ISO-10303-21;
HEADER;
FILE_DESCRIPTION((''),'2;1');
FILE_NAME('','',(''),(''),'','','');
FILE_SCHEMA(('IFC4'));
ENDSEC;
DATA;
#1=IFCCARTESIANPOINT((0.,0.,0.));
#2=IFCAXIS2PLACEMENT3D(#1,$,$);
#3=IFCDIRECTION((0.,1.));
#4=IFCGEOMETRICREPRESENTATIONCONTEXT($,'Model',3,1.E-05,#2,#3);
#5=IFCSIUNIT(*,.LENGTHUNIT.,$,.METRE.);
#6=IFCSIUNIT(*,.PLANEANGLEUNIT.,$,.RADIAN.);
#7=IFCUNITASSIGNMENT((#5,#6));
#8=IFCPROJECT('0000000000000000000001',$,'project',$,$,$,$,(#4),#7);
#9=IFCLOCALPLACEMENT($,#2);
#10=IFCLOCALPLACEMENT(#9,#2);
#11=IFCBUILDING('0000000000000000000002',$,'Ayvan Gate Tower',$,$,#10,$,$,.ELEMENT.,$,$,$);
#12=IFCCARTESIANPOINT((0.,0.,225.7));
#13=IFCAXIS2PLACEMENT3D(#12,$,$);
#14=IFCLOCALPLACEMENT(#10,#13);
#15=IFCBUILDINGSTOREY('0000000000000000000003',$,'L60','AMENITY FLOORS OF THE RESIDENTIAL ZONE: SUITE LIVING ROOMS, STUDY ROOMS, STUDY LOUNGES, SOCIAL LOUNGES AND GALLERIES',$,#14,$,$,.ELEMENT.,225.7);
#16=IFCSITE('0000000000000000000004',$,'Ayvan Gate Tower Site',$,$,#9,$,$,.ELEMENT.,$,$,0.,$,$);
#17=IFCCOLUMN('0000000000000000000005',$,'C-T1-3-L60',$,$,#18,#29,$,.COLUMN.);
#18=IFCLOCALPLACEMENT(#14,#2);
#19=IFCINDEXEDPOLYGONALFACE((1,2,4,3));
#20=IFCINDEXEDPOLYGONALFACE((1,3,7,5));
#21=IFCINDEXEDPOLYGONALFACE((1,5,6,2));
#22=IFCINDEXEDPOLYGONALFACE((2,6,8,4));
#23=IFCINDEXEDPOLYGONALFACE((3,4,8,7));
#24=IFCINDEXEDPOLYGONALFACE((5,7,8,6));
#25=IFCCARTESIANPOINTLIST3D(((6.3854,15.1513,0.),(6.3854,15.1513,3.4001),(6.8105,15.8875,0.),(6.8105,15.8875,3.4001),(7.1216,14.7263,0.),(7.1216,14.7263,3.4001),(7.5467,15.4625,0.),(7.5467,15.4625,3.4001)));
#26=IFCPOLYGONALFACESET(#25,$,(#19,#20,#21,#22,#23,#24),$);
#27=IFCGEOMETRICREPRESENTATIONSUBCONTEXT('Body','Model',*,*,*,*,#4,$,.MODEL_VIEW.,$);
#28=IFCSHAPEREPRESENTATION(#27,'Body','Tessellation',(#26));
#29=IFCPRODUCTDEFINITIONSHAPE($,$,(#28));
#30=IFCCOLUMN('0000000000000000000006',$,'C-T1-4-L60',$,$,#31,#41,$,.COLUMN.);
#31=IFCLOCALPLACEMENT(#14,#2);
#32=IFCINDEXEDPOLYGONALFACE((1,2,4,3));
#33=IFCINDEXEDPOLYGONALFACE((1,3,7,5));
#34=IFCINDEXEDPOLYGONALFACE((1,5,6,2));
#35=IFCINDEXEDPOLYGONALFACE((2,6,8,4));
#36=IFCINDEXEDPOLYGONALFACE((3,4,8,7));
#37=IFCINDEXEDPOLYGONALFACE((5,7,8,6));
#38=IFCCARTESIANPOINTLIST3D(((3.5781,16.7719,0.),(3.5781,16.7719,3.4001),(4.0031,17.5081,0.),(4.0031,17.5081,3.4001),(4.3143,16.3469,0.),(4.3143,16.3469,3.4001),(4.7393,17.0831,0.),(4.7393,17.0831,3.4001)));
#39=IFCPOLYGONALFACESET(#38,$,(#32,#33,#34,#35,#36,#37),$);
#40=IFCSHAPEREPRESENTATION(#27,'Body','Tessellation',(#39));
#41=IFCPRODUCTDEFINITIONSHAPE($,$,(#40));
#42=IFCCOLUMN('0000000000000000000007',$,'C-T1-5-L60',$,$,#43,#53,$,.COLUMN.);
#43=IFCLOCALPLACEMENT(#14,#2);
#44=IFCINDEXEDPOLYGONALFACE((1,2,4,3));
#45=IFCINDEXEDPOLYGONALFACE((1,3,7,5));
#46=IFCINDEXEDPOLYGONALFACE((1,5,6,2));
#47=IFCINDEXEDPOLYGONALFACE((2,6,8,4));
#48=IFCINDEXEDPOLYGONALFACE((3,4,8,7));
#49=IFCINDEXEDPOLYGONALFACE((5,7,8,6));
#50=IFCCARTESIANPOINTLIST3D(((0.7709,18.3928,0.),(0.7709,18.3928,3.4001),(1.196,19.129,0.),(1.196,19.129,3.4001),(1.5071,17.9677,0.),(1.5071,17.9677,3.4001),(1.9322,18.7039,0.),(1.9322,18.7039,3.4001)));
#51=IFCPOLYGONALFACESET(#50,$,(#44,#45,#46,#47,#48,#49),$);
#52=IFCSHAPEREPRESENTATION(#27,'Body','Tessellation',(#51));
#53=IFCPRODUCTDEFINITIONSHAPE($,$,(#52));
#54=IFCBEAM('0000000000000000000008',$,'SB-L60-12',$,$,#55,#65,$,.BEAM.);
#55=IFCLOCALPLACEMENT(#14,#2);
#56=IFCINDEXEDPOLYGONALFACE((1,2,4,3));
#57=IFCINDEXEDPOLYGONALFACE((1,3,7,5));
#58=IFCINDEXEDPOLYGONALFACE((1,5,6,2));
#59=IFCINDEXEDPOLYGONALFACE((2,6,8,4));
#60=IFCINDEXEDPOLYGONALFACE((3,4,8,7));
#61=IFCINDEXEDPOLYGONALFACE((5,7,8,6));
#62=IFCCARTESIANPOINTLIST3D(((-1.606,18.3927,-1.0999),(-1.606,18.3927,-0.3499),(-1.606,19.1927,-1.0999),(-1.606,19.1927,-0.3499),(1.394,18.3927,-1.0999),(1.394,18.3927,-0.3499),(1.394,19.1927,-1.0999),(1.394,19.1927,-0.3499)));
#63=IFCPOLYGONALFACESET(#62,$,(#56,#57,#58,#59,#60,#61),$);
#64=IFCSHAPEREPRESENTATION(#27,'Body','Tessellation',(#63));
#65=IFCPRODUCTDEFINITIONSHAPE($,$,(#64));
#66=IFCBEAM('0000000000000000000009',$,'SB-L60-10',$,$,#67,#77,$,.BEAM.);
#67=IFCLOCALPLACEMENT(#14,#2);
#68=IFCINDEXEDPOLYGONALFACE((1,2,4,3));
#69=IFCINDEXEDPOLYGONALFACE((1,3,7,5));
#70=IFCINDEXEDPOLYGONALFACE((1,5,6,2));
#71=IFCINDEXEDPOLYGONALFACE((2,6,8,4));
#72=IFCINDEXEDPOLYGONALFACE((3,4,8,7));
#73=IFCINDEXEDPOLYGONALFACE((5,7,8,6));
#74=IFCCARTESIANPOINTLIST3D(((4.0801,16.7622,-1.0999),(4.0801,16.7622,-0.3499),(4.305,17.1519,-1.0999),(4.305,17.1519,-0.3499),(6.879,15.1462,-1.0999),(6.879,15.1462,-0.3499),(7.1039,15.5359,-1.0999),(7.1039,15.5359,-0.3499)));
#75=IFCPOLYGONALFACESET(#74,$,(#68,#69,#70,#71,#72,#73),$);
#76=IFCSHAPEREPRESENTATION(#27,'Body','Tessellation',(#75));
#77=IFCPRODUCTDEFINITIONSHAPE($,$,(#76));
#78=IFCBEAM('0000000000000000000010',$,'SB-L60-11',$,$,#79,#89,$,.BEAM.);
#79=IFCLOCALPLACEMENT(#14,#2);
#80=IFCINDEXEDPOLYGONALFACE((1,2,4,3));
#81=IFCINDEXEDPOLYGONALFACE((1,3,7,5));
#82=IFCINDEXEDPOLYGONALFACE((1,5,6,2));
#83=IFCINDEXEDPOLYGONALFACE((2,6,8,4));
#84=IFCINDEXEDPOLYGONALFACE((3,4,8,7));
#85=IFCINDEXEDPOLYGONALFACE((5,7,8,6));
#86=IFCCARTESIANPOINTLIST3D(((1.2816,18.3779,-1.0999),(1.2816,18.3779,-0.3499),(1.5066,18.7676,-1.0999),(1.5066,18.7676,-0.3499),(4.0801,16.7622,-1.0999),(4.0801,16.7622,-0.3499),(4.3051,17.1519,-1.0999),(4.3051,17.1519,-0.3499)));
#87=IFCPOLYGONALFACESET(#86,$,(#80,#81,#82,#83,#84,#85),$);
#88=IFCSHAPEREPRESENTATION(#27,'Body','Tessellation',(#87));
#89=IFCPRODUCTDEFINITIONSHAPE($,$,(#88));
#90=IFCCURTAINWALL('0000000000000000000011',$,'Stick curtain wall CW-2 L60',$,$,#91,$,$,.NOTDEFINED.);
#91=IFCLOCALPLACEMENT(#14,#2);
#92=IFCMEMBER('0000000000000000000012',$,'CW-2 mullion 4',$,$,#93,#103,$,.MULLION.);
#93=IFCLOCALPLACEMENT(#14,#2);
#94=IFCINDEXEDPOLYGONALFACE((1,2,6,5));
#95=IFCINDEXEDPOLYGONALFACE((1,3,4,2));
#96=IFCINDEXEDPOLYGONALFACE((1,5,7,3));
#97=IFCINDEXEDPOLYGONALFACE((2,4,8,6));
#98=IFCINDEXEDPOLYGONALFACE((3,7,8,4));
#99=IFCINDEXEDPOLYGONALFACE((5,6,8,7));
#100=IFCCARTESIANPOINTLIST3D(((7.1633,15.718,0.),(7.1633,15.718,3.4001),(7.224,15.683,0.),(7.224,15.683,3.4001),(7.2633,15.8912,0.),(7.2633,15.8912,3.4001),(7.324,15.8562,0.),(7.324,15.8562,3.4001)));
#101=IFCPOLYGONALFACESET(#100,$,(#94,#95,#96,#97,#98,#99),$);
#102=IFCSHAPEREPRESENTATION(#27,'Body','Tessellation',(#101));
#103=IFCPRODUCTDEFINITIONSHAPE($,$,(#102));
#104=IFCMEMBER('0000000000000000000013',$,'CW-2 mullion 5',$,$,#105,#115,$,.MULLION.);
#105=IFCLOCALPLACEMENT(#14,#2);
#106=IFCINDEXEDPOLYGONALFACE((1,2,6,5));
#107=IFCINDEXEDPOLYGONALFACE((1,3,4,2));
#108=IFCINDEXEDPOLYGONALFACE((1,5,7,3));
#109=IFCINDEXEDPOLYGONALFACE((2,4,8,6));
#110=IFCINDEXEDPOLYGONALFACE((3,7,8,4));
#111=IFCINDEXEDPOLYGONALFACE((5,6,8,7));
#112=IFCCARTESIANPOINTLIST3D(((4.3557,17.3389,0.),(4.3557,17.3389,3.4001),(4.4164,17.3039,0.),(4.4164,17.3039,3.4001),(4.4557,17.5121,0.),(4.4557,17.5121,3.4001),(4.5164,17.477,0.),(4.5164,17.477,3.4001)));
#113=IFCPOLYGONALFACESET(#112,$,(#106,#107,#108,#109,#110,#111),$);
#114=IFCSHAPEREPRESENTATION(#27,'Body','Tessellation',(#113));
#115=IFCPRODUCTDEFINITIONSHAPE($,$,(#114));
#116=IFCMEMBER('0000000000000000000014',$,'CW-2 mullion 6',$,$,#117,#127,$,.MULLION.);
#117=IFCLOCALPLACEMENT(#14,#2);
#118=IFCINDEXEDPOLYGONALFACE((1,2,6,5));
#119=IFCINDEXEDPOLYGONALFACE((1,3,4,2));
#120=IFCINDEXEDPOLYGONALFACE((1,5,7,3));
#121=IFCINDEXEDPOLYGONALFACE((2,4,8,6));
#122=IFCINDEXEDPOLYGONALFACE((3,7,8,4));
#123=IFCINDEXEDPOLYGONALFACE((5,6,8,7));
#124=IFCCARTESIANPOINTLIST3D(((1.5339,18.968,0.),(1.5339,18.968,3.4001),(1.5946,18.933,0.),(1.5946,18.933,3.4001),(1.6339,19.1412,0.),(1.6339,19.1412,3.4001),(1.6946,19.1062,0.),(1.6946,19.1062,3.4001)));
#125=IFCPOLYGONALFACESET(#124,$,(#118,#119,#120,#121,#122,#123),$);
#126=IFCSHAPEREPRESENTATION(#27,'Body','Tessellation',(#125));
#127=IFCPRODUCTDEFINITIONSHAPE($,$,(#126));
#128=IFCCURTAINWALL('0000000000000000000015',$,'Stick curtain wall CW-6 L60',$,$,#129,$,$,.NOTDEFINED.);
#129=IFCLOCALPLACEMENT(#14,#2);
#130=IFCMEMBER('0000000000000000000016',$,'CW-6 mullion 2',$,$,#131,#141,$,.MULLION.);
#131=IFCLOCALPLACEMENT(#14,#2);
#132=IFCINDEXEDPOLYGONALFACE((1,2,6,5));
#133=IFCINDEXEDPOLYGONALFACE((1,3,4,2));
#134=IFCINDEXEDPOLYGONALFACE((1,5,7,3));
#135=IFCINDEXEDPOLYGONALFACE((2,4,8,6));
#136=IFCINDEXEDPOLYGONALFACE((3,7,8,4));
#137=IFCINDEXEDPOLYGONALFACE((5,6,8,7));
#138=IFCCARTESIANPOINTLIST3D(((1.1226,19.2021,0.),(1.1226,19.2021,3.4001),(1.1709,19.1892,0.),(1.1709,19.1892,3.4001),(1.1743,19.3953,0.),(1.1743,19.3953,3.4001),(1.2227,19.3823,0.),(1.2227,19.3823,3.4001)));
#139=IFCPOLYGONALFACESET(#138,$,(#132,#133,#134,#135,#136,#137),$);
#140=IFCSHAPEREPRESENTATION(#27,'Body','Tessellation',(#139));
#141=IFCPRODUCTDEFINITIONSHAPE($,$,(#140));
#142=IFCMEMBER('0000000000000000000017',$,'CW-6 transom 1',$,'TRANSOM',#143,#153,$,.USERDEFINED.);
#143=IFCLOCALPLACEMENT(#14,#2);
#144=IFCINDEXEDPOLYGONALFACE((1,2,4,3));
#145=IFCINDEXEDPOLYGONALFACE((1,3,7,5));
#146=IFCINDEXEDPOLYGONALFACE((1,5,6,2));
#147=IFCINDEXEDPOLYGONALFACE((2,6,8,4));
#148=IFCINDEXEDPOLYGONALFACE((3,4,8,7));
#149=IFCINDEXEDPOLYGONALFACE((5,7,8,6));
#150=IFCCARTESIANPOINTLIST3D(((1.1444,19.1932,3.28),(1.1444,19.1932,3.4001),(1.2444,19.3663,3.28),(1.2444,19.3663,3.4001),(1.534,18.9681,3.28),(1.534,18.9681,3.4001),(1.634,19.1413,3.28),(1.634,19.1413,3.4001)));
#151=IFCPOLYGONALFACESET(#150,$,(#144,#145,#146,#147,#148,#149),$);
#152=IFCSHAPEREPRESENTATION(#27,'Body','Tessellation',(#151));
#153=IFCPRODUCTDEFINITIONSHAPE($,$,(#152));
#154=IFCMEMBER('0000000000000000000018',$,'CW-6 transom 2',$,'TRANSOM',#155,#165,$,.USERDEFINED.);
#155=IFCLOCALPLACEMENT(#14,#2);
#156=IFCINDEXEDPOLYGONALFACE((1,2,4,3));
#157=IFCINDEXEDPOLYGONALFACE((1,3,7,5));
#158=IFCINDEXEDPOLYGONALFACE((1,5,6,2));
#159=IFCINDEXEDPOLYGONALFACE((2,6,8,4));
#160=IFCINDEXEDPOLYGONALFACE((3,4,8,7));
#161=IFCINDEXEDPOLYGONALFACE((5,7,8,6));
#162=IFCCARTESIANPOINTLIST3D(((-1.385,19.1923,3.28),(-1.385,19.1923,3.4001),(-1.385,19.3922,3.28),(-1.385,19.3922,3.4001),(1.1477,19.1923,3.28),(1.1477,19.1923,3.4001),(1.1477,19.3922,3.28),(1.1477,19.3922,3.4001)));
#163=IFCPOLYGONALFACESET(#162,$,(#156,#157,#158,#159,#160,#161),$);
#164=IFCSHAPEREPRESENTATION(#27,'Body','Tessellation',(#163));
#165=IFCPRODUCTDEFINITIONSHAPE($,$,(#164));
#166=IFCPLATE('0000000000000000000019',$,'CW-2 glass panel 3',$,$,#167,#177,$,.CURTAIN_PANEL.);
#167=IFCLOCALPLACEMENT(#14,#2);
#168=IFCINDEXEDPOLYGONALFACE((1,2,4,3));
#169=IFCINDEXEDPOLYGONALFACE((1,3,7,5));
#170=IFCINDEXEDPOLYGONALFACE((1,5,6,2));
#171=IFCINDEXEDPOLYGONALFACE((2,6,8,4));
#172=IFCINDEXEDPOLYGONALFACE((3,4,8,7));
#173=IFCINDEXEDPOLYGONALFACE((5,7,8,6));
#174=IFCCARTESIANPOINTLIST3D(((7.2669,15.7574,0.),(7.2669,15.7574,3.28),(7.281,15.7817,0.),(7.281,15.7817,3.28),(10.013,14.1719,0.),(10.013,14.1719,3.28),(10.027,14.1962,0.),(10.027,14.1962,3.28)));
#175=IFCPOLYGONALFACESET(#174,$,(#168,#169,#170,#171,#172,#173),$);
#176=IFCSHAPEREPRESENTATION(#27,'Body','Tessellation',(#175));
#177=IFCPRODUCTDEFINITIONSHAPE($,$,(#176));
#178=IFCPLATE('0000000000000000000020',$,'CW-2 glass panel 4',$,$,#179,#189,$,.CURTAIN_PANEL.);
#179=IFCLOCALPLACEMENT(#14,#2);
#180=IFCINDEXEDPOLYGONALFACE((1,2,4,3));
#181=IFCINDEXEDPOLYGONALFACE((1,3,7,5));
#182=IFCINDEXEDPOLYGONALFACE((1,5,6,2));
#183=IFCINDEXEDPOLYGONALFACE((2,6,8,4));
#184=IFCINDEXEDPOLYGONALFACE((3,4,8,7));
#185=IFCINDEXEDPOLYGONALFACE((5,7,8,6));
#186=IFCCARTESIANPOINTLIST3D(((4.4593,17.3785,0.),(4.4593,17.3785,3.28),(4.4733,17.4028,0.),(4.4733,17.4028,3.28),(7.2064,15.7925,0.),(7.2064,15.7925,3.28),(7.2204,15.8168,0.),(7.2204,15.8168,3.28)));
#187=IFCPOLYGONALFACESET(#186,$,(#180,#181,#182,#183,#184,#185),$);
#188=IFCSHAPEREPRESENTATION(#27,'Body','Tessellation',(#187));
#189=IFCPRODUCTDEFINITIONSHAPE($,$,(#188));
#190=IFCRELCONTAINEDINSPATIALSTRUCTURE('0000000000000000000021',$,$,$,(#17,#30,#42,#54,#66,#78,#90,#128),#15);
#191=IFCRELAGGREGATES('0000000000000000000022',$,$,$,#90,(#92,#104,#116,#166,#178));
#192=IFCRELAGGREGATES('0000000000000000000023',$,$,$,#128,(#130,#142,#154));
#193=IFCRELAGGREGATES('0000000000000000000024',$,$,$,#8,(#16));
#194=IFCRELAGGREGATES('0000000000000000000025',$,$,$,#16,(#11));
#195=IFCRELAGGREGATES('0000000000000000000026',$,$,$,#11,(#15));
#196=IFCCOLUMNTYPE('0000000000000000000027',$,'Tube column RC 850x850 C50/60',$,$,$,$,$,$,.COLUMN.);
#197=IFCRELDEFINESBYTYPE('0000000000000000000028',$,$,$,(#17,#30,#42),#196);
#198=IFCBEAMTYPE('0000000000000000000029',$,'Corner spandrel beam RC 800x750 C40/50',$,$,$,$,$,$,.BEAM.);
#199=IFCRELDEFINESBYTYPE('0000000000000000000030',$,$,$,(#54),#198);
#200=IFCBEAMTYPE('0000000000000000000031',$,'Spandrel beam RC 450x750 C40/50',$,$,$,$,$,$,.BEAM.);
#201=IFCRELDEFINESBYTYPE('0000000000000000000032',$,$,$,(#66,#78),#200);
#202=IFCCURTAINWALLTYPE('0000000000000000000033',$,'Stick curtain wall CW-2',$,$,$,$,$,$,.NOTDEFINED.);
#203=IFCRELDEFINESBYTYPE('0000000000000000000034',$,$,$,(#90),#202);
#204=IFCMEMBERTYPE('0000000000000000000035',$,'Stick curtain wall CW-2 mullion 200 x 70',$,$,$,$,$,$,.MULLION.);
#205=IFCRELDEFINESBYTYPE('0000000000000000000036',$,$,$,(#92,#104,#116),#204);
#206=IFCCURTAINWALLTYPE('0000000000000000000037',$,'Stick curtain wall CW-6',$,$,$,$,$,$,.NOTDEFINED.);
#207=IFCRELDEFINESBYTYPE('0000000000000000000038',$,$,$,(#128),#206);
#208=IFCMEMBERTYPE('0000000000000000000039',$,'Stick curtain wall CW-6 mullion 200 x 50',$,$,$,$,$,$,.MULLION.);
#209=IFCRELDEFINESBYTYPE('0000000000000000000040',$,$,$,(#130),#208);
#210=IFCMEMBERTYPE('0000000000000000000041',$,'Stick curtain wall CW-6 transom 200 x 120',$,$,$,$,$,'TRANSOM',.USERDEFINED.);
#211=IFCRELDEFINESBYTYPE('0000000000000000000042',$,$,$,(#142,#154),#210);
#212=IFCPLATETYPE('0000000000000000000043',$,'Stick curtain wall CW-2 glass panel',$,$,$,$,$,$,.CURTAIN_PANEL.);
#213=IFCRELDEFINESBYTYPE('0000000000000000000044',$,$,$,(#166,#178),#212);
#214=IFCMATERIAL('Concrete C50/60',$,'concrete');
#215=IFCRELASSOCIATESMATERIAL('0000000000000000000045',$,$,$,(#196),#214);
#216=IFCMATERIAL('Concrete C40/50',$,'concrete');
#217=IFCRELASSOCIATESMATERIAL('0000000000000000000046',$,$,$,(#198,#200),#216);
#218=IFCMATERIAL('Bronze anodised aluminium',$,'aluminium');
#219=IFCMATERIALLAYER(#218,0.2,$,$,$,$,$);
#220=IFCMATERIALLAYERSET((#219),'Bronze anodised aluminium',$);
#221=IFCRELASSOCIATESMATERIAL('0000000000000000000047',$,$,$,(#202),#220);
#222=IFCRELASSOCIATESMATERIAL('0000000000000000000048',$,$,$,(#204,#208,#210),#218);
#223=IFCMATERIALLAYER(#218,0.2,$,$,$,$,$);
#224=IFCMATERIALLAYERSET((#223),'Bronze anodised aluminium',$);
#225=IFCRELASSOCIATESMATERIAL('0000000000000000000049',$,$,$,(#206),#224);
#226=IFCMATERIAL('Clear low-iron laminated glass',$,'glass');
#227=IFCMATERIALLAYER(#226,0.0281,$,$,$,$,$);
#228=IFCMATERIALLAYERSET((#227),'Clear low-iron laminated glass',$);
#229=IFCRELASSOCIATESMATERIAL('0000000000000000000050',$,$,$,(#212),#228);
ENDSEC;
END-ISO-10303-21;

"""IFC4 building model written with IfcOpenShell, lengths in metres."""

from ifc_helpers import new_model, si_unit, direction, frame, origin, origin_2d, place, context, subcontext, project, spatial, rectangle, extrude, material, layer, layer_set, material_profile, profile_set, type_object, element, aggregate, save


model = new_model("IFC4")

# Units and contexts
model_context = context("Model", 3, precision=1e-05, world=origin(), true_north=direction((0.0, 1.0)))
body_context = subcontext(model_context, "Body", "Model", "MODEL_VIEW")
ifc_project = project(units=[si_unit("LENGTHUNIT", "METRE"), si_unit("PLANEANGLEUNIT", "RADIAN")], contexts=[model_context])

# Site, building, storey
site_placement = place(None, origin())
site = spatial("IfcSite", under=ifc_project, at=site_placement, Name="Ayvan Gate Tower Site", CompositionType="ELEMENT", RefElevation=0.0)
building_placement = place(site_placement, origin())
building = spatial("IfcBuilding", under=site, at=building_placement, Name="Ayvan Gate Tower", CompositionType="ELEMENT")
storey_placement = place(building_placement, frame((0.0, 0.0, 225.7)))
storey = spatial("IfcBuildingStorey", under=building, at=storey_placement, Name="L60", Description="AMENITY FLOORS OF THE RESIDENTIAL ZONE: SUITE LIVING ROOMS, STUDY ROOMS, STUDY LOUNGES, SOCIAL LOUNGES AND GALLERIES", CompositionType="ELEMENT", Elevation=225.7)

# Columns
ifc_material_1 = material(Name="Concrete C50/60", Category="concrete")
ifc_material_profile_1 = material_profile(ifc_material_1, rectangle(XDim=0.8501, YDim=0.8501, at=origin_2d()), Name="RC 850x850")
ifc_profile_set_1 = profile_set([ifc_material_profile_1], Name="Concrete C50/60")
column_type = type_object("IfcColumnType", Name="Tube column RC 850x850 C50/60", PredefinedType="COLUMN", material=ifc_profile_set_1)
for number, where, z_axis, x_axis, name in (
    (1, (6.9661, 15.3069, 0.0), (0.0, 0.0, 1.0), (0.5, 0.866025, 0.0), "C-T1-3-L60"),
    (2, (4.1587, 16.9275, 0.0), (0.0, 0.0, 1.0), (0.5, 0.866025, 0.0), "C-T1-4-L60"),
    (3, (1.3516, 18.5483, 0.0), (0.0, 0.0, 1.0), (0.5, 0.866025, 0.0), "C-T1-5-L60"),
):
    element("IfcColumn", number, at=place(storey_placement, frame(where, z_axis=z_axis, x_axis=x_axis)), inside=storey, type_object=column_type, Name=name, PredefinedType="COLUMN", context=body_context, shape_type="SweptSolid", body=[
        extrude(rectangle(XDim=0.8501, YDim=0.8501, at=origin_2d()), origin(), (0.0, 0.0, 1.0), 3.4001),
    ])

# Beams
ifc_material_2 = material(Name="Concrete C40/50", Category="concrete")
ifc_material_profile_2 = material_profile(ifc_material_2, rectangle(XDim=0.8, YDim=0.75, at=origin_2d()), Name="RC 800x750")
ifc_profile_set_2 = profile_set([ifc_material_profile_2], Name="Concrete C40/50")
beam_type_1 = type_object("IfcBeamType", Name="Corner spandrel beam RC 800x750 C40/50", PredefinedType="BEAM", material=ifc_profile_set_2)
beam_1_placement = place(storey_placement, frame((1.394, 18.7927, -0.7249), z_axis=(-1.0, 0.0, 0.0), x_axis=(0.0, -1.0, 0.0)))
element("IfcBeam", 4, at=beam_1_placement, inside=storey, type_object=beam_type_1, Name="SB-L60-12", PredefinedType="BEAM", context=body_context, shape_type="SweptSolid", body=[
    extrude(rectangle(XDim=0.8, YDim=0.75, at=origin_2d()), origin(), (0.0, 0.0, 1.0), 3.0),
])
ifc_material_profile_3 = material_profile(ifc_material_2, rectangle(XDim=0.45, YDim=0.75, at=origin_2d()), Name="RC 450x750")
ifc_profile_set_3 = profile_set([ifc_material_profile_3], Name="Concrete C40/50")
beam_type_2 = type_object("IfcBeamType", Name="Spandrel beam RC 450x750 C40/50", PredefinedType="BEAM", material=ifc_profile_set_3)
beam_2_placement = place(storey_placement, frame((6.9915, 15.3411, -0.7249), z_axis=(-0.866017, 0.500015, 0.0), x_axis=(-0.500015, -0.866017, 0.0)))
element("IfcBeam", 5, at=beam_2_placement, inside=storey, type_object=beam_type_2, Name="SB-L60-10", PredefinedType="BEAM", context=body_context, shape_type="SweptSolid", body=[
    extrude(rectangle(XDim=0.45, YDim=0.75, at=origin_2d()), origin(), (0.0, 0.0, 1.0), 3.2319),
])
beam_3_placement = place(storey_placement, frame((4.1926, 16.957, -0.7249), z_axis=(-0.866031, 0.499991, 0.0), x_axis=(-0.499991, -0.866031, 0.0)))
element("IfcBeam", 6, at=beam_3_placement, inside=storey, type_object=beam_type_2, Name="SB-L60-11", PredefinedType="BEAM", context=body_context, shape_type="SweptSolid", body=[
    extrude(rectangle(XDim=0.45, YDim=0.75, at=origin_2d()), origin(), (0.0, 0.0, 1.0), 3.2314),
])

# Curtain walls, members
ifc_material_3 = material(Name="Bronze anodised aluminium", Category="aluminium")
ifc_layer_1 = layer(ifc_material_3, 0.2)
ifc_layer_set_1 = layer_set([ifc_layer_1], Name="Bronze anodised aluminium")
curtain_wall_type_1 = type_object("IfcCurtainWallType", Name="Stick curtain wall CW-2", PredefinedType="NOTDEFINED", material=ifc_layer_set_1)
curtain_wall_1_placement = place(storey_placement, origin())
curtain_wall_1 = element("IfcCurtainWall", 7, at=curtain_wall_1_placement, inside=storey, type_object=curtain_wall_type_1, Name="Stick curtain wall CW-2 L60", PredefinedType="NOTDEFINED")
ifc_material_profile_4 = material_profile(ifc_material_3, rectangle(XDim=0.2, YDim=0.0701, at=origin_2d()), Name="Stick curtain wall CW-2 mullion 200 x 70")
ifc_profile_set_4 = profile_set([ifc_material_profile_4], Name="Bronze anodised aluminium")
member_type_1 = type_object("IfcMemberType", Name="Stick curtain wall CW-2 mullion 200 x 70", PredefinedType="MULLION", material=ifc_profile_set_4)
member_1_placement = place(storey_placement, frame((7.2437, 15.7871, 0.0), z_axis=(0.0, 0.0, 1.0), x_axis=(0.5, 0.866025, 0.0)))
member_1 = element("IfcMember", 8, at=member_1_placement, type_object=member_type_1, Name="CW-2 mullion 4", PredefinedType="MULLION", context=body_context, shape_type="SweptSolid", body=[
    extrude(rectangle(XDim=0.2, YDim=0.0701, at=origin_2d()), origin(), (0.0, 0.0, 1.0), 3.4001),
])
member_2_placement = place(storey_placement, frame((4.436, 17.408, 0.0), z_axis=(0.0, 0.0, 1.0), x_axis=(0.5, 0.866025, 0.0)))
member_2 = element("IfcMember", 9, at=member_2_placement, type_object=member_type_1, Name="CW-2 mullion 5", PredefinedType="MULLION", context=body_context, shape_type="SweptSolid", body=[
    extrude(rectangle(XDim=0.2, YDim=0.0701, at=origin_2d()), origin(), (0.0, 0.0, 1.0), 3.4001),
])
member_3_placement = place(storey_placement, frame((1.6143, 19.0371, 0.0), z_axis=(0.0, 0.0, 1.0), x_axis=(0.5, 0.866025, 0.0)))
member_3 = element("IfcMember", 10, at=member_3_placement, type_object=member_type_1, Name="CW-2 mullion 6", PredefinedType="MULLION", context=body_context, shape_type="SweptSolid", body=[
    extrude(rectangle(XDim=0.2, YDim=0.0701, at=origin_2d()), origin(), (0.0, 0.0, 1.0), 3.4001),
])
ifc_layer_2 = layer(ifc_material_3, 0.2)
ifc_layer_set_2 = layer_set([ifc_layer_2], Name="Bronze anodised aluminium")
curtain_wall_type_2 = type_object("IfcCurtainWallType", Name="Stick curtain wall CW-6", PredefinedType="NOTDEFINED", material=ifc_layer_set_2)
curtain_wall_2_placement = place(storey_placement, origin())
curtain_wall_2 = element("IfcCurtainWall", 11, at=curtain_wall_2_placement, inside=storey, type_object=curtain_wall_type_2, Name="Stick curtain wall CW-6 L60", PredefinedType="NOTDEFINED")
ifc_material_profile_5 = material_profile(ifc_material_3, rectangle(XDim=0.2, YDim=0.05, at=origin_2d()), Name="Stick curtain wall CW-6 mullion 200 x 50")
ifc_profile_set_5 = profile_set([ifc_material_profile_5], Name="Bronze anodised aluminium")
member_type_2 = type_object("IfcMemberType", Name="Stick curtain wall CW-6 mullion 200 x 50", PredefinedType="MULLION", material=ifc_profile_set_5)
member_4_placement = place(storey_placement, frame((1.1726, 19.2922, 0.0), z_axis=(0.0, 0.0, 1.0), x_axis=(0.258819, 0.965926, 0.0)))
member_4 = element("IfcMember", 12, at=member_4_placement, type_object=member_type_2, Name="CW-6 mullion 2", PredefinedType="MULLION", context=body_context, shape_type="SweptSolid", body=[
    extrude(rectangle(XDim=0.2, YDim=0.05, at=origin_2d()), origin(), (0.0, 0.0, 1.0), 3.4001),
])
ifc_material_profile_6 = material_profile(ifc_material_3, rectangle(XDim=0.2, YDim=0.1201, at=origin_2d()), Name="Stick curtain wall CW-6 transom 200 x 120")
ifc_profile_set_6 = profile_set([ifc_material_profile_6], Name="Bronze anodised aluminium")
member_type_3 = type_object("IfcMemberType", Name="Stick curtain wall CW-6 transom 200 x 120", ElementType="TRANSOM", PredefinedType="USERDEFINED", material=ifc_profile_set_6)
member_5_placement = place(storey_placement, frame((1.584, 19.0547, 3.3401), z_axis=(-0.865896, 0.500223, 0.0), x_axis=(-0.500223, -0.865896, 0.0)))
member_5 = element("IfcMember", 13, at=member_5_placement, type_object=member_type_3, Name="CW-6 transom 1", ObjectType="TRANSOM", PredefinedType="USERDEFINED", context=body_context, shape_type="SweptSolid", body=[
    extrude(rectangle(XDim=0.2, YDim=0.1201, at=origin_2d()), origin(), (0.0, 0.0, 1.0), 0.45),
])
member_6_placement = place(storey_placement, frame((1.1477, 19.2922, 3.3401), z_axis=(-1.0, 0.0, 0.0), x_axis=(0.0, -1.0, 0.0)))
member_6 = element("IfcMember", 14, at=member_6_placement, type_object=member_type_3, Name="CW-6 transom 2", ObjectType="TRANSOM", PredefinedType="USERDEFINED", context=body_context, shape_type="SweptSolid", body=[
    extrude(rectangle(XDim=0.2, YDim=0.1201, at=origin_2d()), origin(), (0.0, 0.0, 1.0), 2.5327),
])

# Plates
ifc_material_4 = material(Name="Clear low-iron laminated glass", Category="glass")
ifc_layer_3 = layer(ifc_material_4, 0.0281)
ifc_layer_set_3 = layer_set([ifc_layer_3], Name="Clear low-iron laminated glass")
plate_type_1 = type_object("IfcPlateType", Name="Stick curtain wall CW-2 glass panel", PredefinedType="CURTAIN_PANEL", material=ifc_layer_set_3)
plate_1_placement = place(storey_placement, frame((8.647, 14.9768, 0.0), z_axis=(0.0, 0.0, 1.0), x_axis=(-0.866025, 0.5, 0.0)))
plate_1 = element("IfcPlate", 15, at=plate_1_placement, type_object=plate_type_1, Name="CW-2 glass panel 3", PredefinedType="CURTAIN_PANEL", context=body_context, shape_type="SweptSolid", body=[
    extrude(rectangle(XDim=3.1709, YDim=0.0281, at=origin_2d()), origin(), (0.0, 0.0, 1.0), 3.28),
])
plate_2_placement = place(storey_placement, frame((5.8398, 16.5977, 0.0), z_axis=(0.0, 0.0, 1.0), x_axis=(-0.866025, 0.5, 0.0)))
plate_2 = element("IfcPlate", 16, at=plate_2_placement, type_object=plate_type_1, Name="CW-2 glass panel 4", PredefinedType="CURTAIN_PANEL", context=body_context, shape_type="SweptSolid", body=[
    extrude(rectangle(XDim=3.1721, YDim=0.0281, at=origin_2d()), origin(), (0.0, 0.0, 1.0), 3.28),
])
aggregate(curtain_wall_1, [member_1, member_2, member_3, plate_1, plate_2])
aggregate(curtain_wall_2, [member_4, member_5, member_6])

save(model, "model.ifc")
